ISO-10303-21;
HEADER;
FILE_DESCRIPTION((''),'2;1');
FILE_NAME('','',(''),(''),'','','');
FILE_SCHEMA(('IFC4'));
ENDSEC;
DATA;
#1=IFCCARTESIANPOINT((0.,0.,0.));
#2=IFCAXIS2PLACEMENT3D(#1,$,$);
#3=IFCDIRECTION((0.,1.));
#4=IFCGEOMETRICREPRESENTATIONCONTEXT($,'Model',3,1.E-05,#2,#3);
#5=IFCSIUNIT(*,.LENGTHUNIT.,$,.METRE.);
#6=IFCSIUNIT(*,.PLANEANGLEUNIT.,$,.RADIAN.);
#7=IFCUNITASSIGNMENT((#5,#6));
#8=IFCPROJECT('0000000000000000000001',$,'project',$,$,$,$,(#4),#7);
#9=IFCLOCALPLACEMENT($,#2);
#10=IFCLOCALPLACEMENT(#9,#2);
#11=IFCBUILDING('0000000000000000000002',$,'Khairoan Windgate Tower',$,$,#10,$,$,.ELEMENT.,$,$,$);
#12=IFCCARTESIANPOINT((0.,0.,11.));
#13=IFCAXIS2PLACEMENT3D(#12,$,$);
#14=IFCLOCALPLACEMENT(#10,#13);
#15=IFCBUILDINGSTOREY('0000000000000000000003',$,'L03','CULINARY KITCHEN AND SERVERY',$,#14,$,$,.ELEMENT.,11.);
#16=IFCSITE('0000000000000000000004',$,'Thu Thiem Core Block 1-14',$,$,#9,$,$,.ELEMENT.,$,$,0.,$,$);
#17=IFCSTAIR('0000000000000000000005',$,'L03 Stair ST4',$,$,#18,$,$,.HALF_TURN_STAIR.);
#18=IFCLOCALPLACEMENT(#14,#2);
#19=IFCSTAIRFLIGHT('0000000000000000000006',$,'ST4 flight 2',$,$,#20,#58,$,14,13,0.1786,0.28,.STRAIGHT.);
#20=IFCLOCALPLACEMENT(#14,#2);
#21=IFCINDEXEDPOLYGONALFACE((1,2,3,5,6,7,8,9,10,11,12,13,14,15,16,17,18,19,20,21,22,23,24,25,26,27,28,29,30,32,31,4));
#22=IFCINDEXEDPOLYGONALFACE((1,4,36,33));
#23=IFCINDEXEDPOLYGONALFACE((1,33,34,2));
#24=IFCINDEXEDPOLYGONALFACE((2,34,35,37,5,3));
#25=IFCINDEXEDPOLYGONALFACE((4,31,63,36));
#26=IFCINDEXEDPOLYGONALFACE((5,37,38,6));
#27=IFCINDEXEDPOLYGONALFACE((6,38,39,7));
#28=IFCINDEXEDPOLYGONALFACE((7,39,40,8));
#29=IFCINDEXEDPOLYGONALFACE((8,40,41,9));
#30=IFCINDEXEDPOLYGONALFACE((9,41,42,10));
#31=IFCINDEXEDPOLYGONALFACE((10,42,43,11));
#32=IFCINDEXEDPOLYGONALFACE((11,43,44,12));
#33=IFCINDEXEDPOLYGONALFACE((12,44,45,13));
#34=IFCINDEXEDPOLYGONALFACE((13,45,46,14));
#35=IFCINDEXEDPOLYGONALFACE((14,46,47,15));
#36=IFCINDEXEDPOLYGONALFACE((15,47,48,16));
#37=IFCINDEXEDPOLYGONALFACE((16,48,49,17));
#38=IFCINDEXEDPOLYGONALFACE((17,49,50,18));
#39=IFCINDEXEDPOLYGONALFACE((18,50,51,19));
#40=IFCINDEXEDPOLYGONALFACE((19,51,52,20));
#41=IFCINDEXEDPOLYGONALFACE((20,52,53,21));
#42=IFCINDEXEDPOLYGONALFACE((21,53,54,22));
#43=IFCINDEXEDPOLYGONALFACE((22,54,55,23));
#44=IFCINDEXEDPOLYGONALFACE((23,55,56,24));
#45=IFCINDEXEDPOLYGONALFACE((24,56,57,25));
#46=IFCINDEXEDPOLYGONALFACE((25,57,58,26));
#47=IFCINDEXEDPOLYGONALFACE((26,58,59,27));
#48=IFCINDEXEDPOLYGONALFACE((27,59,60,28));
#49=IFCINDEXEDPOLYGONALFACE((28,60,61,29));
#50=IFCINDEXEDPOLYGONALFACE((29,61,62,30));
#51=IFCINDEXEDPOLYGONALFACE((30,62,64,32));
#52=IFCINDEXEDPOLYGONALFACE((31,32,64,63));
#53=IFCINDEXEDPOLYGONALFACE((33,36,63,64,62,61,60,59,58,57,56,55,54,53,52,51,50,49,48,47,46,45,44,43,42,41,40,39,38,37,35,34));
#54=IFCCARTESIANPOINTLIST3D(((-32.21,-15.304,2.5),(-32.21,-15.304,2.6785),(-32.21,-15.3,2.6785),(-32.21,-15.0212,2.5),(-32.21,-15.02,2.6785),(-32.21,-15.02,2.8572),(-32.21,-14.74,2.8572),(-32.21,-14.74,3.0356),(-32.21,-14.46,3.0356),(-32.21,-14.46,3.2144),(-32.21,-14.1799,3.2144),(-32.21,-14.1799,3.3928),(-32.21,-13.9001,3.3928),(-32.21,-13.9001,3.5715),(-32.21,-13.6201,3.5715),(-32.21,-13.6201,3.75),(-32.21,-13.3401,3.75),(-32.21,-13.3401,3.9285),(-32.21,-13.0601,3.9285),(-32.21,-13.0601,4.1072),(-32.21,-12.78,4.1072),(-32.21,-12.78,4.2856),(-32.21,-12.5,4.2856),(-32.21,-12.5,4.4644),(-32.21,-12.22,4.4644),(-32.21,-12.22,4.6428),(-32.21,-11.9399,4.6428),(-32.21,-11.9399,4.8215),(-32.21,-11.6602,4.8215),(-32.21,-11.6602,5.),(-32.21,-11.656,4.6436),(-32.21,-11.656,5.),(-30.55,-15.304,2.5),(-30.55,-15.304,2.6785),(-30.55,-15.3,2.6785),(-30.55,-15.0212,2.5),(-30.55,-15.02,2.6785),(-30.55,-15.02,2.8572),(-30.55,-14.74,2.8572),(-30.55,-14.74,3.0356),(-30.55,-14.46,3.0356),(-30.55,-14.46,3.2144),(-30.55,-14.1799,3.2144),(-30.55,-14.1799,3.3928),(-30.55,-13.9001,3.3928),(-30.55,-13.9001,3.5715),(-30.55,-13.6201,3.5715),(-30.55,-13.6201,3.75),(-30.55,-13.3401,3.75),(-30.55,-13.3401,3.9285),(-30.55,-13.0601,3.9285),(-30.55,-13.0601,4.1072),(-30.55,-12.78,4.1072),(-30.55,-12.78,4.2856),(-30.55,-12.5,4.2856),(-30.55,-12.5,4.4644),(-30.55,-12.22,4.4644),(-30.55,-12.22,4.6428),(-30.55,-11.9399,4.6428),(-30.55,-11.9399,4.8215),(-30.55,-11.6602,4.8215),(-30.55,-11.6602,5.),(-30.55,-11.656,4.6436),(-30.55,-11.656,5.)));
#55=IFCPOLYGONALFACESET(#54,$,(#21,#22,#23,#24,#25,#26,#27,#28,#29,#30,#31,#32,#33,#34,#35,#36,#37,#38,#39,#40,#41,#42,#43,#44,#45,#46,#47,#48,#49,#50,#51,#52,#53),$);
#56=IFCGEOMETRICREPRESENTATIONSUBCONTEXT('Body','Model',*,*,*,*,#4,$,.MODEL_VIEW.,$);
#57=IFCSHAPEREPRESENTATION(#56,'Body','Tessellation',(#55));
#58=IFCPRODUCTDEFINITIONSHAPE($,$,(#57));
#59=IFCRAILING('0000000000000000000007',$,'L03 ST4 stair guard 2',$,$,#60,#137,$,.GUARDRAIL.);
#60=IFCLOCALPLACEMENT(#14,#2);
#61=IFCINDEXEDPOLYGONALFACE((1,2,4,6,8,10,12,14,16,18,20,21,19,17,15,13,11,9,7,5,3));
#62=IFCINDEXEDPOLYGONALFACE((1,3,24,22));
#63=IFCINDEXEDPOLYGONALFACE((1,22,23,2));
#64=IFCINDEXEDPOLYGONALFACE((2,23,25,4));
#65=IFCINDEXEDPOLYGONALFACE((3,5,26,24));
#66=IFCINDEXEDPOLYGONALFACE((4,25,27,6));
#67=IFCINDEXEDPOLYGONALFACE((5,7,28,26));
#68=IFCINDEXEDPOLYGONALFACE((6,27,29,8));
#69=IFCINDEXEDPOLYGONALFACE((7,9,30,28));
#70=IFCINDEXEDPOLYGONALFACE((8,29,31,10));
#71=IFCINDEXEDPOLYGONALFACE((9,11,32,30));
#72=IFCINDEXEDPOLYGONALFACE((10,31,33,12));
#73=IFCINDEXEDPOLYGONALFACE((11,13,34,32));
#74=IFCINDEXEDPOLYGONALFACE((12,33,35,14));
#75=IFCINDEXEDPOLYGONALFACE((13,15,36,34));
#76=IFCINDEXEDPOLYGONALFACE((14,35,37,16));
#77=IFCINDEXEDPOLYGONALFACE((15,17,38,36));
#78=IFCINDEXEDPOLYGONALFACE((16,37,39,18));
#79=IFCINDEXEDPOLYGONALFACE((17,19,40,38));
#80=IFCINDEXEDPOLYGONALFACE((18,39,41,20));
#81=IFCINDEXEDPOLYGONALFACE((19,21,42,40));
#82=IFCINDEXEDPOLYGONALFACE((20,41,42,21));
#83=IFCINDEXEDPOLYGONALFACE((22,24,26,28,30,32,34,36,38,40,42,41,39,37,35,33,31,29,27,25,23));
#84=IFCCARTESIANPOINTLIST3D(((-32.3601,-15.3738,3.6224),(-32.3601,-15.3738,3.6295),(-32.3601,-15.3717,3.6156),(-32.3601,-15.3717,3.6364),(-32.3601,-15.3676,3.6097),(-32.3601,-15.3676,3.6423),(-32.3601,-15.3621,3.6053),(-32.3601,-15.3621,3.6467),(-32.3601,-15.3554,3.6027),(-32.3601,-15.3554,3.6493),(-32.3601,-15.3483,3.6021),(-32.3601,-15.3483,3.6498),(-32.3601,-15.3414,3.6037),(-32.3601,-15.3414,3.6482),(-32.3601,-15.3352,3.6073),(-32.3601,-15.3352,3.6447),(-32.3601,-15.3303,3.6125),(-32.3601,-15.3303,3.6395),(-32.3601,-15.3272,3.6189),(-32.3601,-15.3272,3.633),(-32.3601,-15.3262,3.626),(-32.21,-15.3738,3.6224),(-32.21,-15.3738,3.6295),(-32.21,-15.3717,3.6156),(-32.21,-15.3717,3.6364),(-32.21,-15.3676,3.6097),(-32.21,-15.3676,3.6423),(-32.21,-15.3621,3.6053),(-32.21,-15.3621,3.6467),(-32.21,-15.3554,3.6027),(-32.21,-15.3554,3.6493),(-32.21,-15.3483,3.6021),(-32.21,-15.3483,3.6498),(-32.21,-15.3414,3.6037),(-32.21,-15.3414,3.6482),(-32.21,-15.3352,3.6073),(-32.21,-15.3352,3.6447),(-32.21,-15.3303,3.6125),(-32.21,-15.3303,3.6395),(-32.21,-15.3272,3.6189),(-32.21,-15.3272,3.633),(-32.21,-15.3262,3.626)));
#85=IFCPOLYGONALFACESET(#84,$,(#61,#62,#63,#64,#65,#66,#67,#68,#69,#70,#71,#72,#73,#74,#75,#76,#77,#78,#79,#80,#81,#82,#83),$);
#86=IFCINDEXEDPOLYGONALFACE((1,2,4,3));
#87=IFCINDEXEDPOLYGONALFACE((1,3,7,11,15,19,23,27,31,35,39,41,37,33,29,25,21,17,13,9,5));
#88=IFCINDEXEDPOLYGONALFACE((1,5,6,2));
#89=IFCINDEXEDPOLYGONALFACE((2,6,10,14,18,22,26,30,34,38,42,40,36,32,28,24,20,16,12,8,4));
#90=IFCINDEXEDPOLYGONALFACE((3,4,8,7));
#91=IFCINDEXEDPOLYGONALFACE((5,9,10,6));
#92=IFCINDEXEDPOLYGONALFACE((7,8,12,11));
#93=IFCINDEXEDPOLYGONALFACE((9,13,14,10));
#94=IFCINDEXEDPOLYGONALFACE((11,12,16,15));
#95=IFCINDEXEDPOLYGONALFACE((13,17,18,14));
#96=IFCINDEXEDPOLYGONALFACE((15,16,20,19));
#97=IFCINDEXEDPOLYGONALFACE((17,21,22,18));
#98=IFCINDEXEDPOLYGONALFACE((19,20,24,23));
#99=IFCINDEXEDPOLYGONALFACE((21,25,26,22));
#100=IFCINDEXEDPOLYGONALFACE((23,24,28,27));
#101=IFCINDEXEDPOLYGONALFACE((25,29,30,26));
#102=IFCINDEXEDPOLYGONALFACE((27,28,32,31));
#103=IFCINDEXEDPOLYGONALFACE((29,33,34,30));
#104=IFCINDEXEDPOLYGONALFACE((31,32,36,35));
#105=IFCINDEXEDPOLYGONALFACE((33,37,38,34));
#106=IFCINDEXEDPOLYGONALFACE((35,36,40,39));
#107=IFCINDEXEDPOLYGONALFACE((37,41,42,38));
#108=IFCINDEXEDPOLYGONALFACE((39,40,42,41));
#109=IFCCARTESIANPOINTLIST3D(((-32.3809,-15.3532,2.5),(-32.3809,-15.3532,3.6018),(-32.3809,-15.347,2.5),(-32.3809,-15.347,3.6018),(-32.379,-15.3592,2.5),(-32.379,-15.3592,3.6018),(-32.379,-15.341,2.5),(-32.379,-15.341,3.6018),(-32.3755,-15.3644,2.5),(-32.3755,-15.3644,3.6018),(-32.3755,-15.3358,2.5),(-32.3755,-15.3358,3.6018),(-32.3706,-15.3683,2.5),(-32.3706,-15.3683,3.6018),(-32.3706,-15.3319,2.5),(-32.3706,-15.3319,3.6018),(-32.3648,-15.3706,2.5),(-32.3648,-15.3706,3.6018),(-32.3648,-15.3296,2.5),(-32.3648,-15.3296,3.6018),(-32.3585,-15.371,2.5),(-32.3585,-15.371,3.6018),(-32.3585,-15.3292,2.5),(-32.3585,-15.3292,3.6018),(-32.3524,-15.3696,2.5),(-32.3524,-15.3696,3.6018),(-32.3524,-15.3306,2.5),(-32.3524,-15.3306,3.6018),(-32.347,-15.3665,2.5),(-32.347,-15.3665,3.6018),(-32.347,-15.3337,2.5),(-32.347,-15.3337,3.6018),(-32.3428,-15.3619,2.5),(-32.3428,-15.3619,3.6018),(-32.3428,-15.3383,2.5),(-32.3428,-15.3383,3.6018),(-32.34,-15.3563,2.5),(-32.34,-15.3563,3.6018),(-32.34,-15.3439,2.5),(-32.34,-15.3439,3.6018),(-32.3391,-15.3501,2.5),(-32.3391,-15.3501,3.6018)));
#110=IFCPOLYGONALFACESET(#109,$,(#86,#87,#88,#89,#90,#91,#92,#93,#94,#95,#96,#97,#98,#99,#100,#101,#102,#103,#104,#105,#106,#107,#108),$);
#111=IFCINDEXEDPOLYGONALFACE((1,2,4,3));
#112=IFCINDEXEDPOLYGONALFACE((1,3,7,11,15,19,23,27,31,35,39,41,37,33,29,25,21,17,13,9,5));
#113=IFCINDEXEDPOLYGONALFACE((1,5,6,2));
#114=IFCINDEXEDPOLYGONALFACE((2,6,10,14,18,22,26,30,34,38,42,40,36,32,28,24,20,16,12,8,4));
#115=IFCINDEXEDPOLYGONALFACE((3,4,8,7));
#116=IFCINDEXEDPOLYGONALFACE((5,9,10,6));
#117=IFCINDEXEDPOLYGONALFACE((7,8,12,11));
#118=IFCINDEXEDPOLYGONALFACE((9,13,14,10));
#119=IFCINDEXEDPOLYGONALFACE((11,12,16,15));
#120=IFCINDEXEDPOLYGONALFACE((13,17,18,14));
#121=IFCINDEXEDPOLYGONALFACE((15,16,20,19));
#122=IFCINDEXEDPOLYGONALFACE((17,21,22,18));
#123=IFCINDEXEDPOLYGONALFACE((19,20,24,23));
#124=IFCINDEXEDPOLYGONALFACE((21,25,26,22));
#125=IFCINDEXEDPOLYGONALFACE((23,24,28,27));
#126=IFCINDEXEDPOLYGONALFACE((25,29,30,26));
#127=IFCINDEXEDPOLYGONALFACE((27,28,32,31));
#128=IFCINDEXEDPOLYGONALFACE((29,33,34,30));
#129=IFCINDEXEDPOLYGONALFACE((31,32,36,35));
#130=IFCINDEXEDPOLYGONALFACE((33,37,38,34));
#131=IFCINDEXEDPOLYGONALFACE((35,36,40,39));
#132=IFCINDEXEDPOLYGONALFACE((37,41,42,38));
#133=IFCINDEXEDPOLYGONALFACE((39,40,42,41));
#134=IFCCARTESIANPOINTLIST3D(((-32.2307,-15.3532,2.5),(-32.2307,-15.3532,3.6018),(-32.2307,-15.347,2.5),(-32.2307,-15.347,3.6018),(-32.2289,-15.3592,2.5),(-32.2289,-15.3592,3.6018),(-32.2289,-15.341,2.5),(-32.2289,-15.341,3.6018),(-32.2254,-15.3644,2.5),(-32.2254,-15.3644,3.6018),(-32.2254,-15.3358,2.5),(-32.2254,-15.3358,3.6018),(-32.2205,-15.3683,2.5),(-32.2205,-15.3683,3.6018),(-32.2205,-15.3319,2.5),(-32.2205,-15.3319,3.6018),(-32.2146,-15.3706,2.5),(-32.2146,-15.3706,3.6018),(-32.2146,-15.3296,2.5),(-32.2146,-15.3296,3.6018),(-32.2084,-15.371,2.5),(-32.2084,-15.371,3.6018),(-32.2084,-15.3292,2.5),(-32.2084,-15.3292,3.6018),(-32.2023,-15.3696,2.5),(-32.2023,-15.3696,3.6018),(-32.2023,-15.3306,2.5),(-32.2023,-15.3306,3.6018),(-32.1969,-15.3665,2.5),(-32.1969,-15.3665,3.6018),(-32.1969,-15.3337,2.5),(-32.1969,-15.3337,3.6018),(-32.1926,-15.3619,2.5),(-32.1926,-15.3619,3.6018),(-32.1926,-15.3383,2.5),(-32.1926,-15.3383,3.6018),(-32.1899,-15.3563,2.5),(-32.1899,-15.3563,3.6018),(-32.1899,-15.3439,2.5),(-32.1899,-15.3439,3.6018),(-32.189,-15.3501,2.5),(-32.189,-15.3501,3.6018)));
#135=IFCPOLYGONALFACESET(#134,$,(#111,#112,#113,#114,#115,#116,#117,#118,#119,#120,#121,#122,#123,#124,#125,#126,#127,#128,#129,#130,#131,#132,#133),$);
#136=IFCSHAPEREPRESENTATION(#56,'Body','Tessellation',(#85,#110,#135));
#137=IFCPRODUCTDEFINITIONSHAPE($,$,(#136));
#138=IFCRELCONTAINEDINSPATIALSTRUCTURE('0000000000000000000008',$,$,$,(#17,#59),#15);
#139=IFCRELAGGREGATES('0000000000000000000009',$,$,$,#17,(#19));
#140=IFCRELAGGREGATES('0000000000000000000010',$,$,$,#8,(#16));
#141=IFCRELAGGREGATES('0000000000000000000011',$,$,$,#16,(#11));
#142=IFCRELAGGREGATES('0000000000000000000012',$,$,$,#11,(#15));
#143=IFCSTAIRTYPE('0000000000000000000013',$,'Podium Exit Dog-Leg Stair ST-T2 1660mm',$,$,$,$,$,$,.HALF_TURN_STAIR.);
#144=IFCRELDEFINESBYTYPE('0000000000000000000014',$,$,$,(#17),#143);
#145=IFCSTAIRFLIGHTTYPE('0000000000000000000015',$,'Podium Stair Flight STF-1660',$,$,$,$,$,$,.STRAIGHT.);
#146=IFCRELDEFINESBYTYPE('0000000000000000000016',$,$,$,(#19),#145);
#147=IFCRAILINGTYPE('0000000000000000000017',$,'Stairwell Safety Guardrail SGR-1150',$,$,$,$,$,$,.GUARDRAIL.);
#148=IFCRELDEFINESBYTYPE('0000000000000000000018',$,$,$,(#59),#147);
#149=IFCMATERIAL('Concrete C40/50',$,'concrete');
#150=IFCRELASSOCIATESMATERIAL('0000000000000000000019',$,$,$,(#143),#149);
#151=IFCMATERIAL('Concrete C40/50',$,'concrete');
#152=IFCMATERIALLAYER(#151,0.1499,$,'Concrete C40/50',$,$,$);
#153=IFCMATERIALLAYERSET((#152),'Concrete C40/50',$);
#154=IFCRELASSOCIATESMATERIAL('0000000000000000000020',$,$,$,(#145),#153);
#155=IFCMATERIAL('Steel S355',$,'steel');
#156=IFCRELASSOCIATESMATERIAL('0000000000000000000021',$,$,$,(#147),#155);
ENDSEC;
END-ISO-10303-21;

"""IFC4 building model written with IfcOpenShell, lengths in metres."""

from ifc_helpers import new_model, si_unit, direction, frame, origin, origin_2d, place, context, subcontext, project, spatial, polyline, circle, outline, extrude, material, layer, layer_set, type_object, element, aggregate, save


model = new_model("IFC4")

# Units and contexts
model_context = context("Model", 3, precision=1e-05, world=origin(), true_north=direction((0.0, 1.0)))
body_context = subcontext(model_context, "Body", "Model", "MODEL_VIEW")
ifc_project = project(units=[si_unit("LENGTHUNIT", "METRE"), si_unit("PLANEANGLEUNIT", "RADIAN")], contexts=[model_context])

# Site, building, storey
site_placement = place(None, origin())
site = spatial("IfcSite", under=ifc_project, at=site_placement, Name="Thu Thiem Core Block 1-14", CompositionType="ELEMENT", RefElevation=0.0)
building_placement = place(site_placement, origin())
building = spatial("IfcBuilding", under=site, at=building_placement, Name="Khairoan Windgate Tower", CompositionType="ELEMENT")
storey_placement = place(building_placement, frame((0.0, 0.0, 11.0)))
storey = spatial("IfcBuildingStorey", under=building, at=storey_placement, Name="L03", Description="CULINARY KITCHEN AND SERVERY", CompositionType="ELEMENT", Elevation=11.0)

# Stair, stair flight
ifc_material_1 = material(Name="Concrete C40/50", Category="concrete")
stair_type = type_object("IfcStairType", Name="Podium Exit Dog-Leg Stair ST-T2 1660mm", PredefinedType="HALF_TURN_STAIR", material=ifc_material_1)
stair_placement = place(storey_placement, origin())
stair = element("IfcStair", 1, at=stair_placement, inside=storey, type_object=stair_type, Name="L03 Stair ST4", PredefinedType="HALF_TURN_STAIR")
ifc_material_2 = material(Name="Concrete C40/50", Category="concrete")
ifc_layer_1 = layer(ifc_material_2, 0.1499, Name="Concrete C40/50")
ifc_layer_set_1 = layer_set([ifc_layer_1], Name="Concrete C40/50")
stair_flight_type = type_object("IfcStairFlightType", Name="Podium Stair Flight STF-1660", PredefinedType="STRAIGHT", material=ifc_layer_set_1)
stair_flight_placement = place(storey_placement, frame((-31.3799, -15.3, 2.5), z_axis=(0.0, 0.0, 1.0), x_axis=(0.0, 1.0, 0.0)))
stair_flight = element("IfcStairFlight", 2, at=stair_flight_placement, type_object=stair_flight_type, Name="ST4 flight 2", NumberOfRisers=14, NumberOfTreads=13, PredefinedType="STRAIGHT", RiserHeight=0.1786, TreadLength=0.28, context=body_context, shape_type="SweptSolid", body=[
    extrude(outline(polyline([(-0.0039, 0.0), (-0.0039, 0.1785), (0.0, 0.1785), (0.28, 0.1785), (0.28, 0.3572), (0.5601, 0.3572), (0.5601, 0.5356), (0.8401, 0.5356), (0.8401, 0.7144), (1.1201, 0.7144), (1.1201, 0.8928), (1.3999, 0.8928), (1.3999, 1.0715), (1.6799, 1.0715), (1.6799, 1.25), (1.96, 1.25), (1.96, 1.4285), (2.24, 1.4285), (2.24, 1.6072), (2.52, 1.6072), (2.52, 1.7856), (2.8, 1.7856), (2.8, 1.9644), (3.0801, 1.9644), (3.0801, 2.1428), (3.3601, 2.1428), (3.3601, 2.3215), (3.6399, 2.3215), (3.6399, 2.5), (3.644, 2.5), (3.644, 2.1436), (0.2788, 0.0), (-0.0039, 0.0)])), frame((0.0, 0.8301, 0.0), z_axis=(0.0, -1.0, 0.0), x_axis=(1.0, 0.0, 0.0)), (0.0, 0.0, 1.0), 1.6599),
])
aggregate(stair, [stair_flight])

# Railing
ifc_material_3 = material(Name="Steel S355", Category="steel")
railing_type = type_object("IfcRailingType", Name="Stairwell Safety Guardrail SGR-1150", PredefinedType="GUARDRAIL", material=ifc_material_3)
railing_1_placement = place(storey_placement, frame((-32.3601, -15.3501, 2.5)))
element("IfcRailing", 3, at=railing_1_placement, inside=storey, type_object=railing_type, Name="L03 ST4 stair guard 2", PredefinedType="GUARDRAIL", context=body_context, shape_type="SweptSolid", body=[
    extrude(circle(Radius=0.0239, at=origin_2d()), frame((0.0, 0.0, 1.126), z_axis=(1.0, 0.0, 0.0), x_axis=(0.0, 1.0, 0.0)), (0.0, 0.0, 1.0), 0.1501),
    extrude(circle(Radius=0.021, at=origin_2d()), origin(), (0.0, 0.0, 1.0), 1.1018),
    extrude(circle(Radius=0.021, at=origin_2d()), frame((0.1501, 0.0, 0.0)), (0.0, 0.0, 1.0), 1.1018),
])

save(model, "model.ifc")
